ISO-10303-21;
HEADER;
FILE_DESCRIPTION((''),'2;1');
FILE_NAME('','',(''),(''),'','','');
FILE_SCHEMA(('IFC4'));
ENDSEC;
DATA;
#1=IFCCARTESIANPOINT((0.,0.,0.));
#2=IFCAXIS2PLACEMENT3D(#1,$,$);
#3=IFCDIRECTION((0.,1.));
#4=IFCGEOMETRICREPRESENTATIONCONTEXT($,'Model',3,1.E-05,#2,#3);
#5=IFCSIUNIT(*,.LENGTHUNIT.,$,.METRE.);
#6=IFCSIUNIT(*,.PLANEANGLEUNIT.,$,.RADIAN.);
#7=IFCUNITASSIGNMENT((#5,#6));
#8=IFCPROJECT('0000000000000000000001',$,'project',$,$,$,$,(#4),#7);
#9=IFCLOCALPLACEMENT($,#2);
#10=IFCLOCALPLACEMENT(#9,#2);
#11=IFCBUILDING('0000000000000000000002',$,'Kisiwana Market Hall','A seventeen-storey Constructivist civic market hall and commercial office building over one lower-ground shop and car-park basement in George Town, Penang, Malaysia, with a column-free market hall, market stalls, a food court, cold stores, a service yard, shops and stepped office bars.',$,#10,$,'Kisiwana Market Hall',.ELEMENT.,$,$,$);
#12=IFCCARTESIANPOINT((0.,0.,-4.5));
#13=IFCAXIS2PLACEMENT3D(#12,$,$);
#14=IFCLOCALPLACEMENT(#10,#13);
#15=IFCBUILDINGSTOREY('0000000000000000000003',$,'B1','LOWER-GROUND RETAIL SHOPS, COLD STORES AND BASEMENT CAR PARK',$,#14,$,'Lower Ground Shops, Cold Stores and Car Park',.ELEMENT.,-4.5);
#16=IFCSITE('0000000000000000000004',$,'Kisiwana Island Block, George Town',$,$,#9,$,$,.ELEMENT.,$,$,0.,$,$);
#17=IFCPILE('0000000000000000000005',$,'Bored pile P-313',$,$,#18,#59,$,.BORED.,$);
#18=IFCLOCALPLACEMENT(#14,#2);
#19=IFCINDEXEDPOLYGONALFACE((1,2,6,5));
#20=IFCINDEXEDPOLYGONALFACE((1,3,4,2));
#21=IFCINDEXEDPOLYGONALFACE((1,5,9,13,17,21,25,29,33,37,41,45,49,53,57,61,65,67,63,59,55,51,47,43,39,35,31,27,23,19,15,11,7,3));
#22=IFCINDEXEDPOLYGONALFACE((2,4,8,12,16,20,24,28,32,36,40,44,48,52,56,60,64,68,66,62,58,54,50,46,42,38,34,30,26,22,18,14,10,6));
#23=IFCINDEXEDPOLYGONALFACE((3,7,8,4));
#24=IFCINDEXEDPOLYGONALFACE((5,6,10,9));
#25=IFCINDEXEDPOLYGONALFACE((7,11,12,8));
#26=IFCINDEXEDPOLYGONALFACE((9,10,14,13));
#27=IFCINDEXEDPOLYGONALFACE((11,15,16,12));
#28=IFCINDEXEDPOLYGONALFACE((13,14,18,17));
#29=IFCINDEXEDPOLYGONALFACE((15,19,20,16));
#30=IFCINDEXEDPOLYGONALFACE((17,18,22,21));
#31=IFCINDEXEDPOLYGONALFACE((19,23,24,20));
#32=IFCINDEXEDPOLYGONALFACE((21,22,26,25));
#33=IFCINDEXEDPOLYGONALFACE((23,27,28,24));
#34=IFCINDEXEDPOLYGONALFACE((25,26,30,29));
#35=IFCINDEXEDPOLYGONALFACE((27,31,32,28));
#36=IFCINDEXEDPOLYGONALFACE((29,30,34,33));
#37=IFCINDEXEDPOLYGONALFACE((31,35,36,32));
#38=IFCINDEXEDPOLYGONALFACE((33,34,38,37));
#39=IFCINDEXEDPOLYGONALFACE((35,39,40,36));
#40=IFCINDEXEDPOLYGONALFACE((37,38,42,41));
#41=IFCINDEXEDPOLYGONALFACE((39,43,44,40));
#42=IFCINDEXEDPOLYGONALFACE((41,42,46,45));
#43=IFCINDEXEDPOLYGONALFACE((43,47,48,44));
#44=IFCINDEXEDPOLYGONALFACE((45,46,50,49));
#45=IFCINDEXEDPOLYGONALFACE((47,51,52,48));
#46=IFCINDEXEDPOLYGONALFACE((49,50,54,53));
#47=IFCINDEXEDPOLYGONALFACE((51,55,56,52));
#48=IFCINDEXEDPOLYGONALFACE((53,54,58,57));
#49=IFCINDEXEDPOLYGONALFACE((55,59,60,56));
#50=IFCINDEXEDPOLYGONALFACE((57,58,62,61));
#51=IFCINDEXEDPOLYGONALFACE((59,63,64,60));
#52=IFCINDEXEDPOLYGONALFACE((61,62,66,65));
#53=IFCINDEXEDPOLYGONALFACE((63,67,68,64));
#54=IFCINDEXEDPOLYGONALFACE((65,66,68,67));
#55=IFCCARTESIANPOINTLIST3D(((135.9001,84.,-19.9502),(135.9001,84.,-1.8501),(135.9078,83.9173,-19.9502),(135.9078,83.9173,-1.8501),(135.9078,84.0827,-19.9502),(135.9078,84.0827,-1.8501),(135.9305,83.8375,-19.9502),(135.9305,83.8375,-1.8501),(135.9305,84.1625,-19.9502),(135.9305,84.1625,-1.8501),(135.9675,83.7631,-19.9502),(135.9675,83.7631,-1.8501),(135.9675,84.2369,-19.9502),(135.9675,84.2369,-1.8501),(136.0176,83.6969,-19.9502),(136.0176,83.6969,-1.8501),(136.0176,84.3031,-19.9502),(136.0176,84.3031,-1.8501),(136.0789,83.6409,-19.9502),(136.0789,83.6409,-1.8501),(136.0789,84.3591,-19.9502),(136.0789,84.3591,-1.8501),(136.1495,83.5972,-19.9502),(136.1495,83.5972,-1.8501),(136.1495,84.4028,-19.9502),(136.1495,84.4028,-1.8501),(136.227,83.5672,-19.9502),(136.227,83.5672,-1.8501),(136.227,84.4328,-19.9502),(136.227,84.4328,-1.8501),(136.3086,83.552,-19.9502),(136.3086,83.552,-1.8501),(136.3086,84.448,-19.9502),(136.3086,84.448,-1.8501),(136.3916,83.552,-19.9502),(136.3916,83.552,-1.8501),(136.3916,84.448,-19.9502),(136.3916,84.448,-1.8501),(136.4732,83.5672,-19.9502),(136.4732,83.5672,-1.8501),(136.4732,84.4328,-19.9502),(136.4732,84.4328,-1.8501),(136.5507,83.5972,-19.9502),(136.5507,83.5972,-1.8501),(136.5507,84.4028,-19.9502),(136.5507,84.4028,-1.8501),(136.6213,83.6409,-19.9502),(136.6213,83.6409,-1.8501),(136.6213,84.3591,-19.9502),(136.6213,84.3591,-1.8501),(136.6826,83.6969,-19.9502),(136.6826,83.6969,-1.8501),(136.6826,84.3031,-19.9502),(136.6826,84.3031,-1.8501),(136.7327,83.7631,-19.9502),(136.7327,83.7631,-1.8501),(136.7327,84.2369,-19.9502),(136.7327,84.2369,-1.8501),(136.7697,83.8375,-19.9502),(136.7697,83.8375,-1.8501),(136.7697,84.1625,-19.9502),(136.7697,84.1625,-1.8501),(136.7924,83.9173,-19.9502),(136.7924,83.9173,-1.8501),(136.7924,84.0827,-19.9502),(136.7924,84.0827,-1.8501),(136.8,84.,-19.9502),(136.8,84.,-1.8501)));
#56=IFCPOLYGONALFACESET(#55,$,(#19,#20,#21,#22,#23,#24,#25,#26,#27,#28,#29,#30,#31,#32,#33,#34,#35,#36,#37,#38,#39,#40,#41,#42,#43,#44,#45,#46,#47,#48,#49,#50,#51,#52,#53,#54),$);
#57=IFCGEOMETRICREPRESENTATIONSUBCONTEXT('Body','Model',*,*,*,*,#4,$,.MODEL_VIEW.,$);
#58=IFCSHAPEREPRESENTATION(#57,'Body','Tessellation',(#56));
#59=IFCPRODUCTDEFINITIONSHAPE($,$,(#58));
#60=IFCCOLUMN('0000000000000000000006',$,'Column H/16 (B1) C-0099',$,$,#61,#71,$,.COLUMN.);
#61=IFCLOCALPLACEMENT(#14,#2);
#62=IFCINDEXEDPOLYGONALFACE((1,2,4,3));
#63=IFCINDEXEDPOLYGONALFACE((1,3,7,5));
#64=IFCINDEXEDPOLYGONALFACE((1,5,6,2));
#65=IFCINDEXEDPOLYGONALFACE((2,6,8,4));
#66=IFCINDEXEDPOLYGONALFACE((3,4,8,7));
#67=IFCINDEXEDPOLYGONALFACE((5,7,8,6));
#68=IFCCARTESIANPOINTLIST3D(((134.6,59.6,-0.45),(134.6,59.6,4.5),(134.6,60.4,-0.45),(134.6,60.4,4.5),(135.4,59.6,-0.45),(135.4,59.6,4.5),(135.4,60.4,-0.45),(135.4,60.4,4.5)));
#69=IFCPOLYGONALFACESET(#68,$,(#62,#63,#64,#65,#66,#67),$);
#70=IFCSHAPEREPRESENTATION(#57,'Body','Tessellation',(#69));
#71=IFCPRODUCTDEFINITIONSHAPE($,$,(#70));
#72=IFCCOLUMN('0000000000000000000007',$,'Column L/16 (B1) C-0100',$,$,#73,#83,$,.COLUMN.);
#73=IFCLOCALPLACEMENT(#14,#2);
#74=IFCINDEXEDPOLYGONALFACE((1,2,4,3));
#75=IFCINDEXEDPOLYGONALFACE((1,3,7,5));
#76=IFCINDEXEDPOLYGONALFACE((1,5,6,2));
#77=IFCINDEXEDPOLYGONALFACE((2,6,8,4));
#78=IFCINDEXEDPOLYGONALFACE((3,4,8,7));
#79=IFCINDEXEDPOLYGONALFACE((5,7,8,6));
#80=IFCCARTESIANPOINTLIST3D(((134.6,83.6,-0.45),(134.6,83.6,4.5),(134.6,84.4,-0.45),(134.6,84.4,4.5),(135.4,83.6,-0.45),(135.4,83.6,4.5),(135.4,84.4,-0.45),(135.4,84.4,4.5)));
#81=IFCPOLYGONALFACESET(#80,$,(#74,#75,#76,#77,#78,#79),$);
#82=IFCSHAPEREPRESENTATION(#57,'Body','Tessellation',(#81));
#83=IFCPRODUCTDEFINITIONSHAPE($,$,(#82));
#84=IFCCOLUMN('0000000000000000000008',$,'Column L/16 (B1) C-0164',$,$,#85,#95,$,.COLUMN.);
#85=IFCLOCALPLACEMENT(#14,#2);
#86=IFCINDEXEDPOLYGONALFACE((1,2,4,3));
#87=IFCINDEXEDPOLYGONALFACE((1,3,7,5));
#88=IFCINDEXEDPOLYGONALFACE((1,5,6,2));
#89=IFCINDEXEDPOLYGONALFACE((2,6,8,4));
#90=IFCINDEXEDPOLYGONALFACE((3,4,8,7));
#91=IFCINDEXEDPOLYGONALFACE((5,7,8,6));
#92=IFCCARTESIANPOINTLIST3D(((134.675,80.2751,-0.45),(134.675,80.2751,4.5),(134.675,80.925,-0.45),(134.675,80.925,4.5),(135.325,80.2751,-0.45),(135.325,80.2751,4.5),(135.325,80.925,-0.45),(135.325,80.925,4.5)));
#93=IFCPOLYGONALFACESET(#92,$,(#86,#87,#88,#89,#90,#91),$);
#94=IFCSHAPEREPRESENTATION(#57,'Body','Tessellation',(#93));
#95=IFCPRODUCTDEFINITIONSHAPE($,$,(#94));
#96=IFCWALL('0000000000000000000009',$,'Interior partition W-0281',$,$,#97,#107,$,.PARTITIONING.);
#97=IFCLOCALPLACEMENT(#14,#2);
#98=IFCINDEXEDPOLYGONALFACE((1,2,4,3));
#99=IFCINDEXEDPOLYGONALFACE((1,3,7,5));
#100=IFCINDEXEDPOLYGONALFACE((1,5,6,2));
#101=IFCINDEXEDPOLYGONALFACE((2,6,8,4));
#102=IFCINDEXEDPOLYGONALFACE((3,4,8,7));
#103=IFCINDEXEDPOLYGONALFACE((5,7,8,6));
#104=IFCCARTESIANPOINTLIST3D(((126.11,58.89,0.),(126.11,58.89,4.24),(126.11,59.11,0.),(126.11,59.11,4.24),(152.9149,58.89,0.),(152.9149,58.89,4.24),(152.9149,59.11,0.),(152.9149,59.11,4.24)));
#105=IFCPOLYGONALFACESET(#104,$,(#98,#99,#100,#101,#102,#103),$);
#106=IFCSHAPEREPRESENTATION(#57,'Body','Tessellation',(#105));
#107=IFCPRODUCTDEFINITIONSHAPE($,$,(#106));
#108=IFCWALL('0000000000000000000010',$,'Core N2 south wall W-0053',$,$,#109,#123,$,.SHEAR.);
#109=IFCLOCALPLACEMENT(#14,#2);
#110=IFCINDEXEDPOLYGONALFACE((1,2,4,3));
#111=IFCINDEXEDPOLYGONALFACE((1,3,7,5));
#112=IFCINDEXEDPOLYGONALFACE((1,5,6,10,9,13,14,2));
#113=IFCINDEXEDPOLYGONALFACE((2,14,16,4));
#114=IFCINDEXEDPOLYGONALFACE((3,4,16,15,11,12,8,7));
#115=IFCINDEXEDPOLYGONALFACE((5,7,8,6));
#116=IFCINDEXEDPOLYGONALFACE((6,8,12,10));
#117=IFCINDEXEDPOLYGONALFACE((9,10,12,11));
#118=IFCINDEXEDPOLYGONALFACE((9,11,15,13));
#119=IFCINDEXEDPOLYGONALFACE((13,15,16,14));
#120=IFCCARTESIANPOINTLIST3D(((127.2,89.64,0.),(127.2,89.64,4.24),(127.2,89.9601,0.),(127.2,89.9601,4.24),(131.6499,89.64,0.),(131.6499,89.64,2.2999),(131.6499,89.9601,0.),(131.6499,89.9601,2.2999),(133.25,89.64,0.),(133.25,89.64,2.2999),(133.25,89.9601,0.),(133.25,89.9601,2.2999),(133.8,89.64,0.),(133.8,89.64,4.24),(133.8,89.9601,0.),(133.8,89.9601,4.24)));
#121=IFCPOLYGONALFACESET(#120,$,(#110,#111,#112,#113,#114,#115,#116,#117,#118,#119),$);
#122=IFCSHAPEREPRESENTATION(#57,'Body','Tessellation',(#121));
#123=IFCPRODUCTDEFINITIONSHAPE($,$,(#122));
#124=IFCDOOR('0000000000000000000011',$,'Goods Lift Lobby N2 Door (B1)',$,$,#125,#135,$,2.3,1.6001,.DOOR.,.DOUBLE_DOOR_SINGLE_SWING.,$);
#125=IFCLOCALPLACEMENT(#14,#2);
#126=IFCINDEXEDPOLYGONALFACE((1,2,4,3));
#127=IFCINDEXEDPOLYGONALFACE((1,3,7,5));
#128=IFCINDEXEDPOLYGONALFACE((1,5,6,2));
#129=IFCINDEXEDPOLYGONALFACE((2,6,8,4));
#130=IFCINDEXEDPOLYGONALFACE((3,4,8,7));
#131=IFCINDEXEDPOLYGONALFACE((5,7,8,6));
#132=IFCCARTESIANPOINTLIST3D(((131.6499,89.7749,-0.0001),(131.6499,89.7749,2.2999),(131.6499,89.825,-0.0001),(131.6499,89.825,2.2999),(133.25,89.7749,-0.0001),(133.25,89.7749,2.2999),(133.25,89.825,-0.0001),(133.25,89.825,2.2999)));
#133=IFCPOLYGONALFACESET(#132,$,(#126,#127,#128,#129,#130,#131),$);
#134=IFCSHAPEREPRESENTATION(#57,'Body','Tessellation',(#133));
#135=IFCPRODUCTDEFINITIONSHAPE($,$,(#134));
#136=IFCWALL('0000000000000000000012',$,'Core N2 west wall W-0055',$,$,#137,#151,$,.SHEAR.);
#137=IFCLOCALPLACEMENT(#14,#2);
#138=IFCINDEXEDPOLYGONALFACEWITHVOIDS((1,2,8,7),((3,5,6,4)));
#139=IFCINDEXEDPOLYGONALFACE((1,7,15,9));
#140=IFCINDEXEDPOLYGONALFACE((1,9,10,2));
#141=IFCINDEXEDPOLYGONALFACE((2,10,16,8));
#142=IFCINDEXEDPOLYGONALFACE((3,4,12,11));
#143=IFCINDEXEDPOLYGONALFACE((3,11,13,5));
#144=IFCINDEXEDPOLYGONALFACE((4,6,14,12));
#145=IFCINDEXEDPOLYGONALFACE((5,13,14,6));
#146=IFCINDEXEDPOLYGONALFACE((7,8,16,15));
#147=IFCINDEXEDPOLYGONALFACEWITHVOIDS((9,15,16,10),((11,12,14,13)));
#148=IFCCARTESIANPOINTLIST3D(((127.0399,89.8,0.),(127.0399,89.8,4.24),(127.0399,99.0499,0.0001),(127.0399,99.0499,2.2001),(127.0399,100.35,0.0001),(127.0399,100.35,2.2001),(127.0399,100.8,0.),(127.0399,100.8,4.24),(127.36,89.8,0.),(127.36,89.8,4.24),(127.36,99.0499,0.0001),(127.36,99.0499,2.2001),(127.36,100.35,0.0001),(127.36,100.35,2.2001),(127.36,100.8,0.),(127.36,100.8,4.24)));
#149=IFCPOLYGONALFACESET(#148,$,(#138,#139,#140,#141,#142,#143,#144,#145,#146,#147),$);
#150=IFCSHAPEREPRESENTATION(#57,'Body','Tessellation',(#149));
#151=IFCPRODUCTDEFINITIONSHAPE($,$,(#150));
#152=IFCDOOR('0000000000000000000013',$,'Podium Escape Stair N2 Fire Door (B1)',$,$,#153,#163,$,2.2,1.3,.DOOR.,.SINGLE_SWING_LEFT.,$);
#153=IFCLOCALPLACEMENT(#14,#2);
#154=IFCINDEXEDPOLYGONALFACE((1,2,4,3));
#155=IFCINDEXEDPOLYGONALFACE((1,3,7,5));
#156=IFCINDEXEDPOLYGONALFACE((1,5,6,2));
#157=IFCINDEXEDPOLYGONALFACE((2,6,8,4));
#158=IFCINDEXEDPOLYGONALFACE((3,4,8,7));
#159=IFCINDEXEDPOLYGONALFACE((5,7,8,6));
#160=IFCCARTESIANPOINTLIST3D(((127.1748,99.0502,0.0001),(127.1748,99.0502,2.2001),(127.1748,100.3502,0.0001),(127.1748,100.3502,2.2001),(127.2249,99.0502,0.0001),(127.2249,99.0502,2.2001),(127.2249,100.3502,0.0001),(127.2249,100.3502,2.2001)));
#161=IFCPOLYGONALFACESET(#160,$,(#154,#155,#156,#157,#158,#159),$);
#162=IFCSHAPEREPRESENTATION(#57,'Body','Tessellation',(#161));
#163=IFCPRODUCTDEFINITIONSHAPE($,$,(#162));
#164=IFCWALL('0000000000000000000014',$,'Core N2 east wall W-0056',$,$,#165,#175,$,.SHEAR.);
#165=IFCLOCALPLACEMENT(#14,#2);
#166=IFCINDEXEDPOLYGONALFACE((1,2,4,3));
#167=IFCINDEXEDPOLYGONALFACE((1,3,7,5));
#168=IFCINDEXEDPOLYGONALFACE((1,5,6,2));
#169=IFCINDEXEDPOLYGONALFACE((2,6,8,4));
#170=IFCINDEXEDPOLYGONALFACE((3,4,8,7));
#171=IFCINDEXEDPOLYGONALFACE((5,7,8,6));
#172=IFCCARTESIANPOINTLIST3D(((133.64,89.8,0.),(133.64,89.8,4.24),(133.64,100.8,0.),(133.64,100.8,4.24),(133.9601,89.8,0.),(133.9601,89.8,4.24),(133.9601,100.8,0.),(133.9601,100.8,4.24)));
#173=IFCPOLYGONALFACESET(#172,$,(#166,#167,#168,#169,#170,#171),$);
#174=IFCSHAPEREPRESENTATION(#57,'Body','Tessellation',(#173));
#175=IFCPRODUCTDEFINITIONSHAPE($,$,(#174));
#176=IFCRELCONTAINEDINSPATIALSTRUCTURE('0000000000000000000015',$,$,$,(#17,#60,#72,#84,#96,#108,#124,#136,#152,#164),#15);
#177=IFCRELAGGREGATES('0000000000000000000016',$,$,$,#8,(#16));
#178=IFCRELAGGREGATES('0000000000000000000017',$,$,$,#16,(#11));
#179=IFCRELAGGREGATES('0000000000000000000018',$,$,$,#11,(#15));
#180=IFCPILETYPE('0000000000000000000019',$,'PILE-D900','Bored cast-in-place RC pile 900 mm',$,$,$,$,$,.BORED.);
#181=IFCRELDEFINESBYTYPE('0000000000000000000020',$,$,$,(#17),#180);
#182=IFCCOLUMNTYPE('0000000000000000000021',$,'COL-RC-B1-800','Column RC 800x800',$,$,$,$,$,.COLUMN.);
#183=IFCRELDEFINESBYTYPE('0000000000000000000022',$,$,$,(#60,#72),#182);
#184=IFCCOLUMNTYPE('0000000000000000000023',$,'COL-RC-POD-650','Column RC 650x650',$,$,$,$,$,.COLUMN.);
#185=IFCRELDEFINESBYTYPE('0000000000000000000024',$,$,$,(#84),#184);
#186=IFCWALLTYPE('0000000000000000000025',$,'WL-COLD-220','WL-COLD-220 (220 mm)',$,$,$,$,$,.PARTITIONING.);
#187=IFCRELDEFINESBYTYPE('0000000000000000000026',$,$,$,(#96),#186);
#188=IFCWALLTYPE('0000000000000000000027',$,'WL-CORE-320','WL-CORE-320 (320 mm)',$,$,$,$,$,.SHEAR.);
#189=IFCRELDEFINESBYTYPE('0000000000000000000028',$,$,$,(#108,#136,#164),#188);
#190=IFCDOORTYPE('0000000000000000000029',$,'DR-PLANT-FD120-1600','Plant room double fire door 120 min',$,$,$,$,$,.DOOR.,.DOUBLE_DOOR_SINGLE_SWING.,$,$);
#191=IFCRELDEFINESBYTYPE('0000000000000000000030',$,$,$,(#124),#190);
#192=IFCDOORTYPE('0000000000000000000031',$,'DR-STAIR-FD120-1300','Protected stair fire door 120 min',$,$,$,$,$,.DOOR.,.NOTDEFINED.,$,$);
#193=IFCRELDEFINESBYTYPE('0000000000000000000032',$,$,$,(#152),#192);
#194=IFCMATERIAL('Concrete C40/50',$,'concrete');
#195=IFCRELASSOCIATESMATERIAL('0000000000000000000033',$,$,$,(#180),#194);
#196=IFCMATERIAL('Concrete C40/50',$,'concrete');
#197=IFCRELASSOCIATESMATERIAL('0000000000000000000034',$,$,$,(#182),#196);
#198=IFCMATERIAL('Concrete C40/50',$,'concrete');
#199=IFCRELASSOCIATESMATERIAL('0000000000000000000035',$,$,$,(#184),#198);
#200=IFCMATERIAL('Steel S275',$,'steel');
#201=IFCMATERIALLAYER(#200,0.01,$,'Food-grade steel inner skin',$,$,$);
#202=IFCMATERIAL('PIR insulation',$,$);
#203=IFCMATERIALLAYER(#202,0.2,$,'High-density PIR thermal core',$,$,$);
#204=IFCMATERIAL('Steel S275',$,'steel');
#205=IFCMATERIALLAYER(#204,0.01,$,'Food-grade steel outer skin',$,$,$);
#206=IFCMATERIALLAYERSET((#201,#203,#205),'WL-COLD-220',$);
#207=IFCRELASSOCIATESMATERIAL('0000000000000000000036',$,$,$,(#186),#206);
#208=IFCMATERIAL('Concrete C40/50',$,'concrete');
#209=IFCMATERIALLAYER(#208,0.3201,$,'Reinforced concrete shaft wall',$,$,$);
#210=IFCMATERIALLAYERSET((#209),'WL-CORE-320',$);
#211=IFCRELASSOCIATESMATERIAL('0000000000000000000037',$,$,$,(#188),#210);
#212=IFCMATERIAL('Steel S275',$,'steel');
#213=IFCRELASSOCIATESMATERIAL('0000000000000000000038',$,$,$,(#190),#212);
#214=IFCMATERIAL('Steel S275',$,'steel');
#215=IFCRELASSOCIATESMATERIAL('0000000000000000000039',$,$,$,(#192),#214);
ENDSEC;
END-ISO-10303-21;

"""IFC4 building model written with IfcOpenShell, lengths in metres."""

from ifc_helpers import new_model, si_unit, direction, frame, frame_2d, origin, origin_2d, place, context, subcontext, project, spatial, rectangle, circle, extrude, material, layer, layer_set, material_profile, profile_set, type_object, element, fill, save


model = new_model("IFC4")

# Units and contexts
model_context = context("Model", 3, precision=1e-05, world=origin(), true_north=direction((0.0, 1.0)))
body_context = subcontext(model_context, "Body", "Model", "MODEL_VIEW")
ifc_project = project(units=[si_unit("LENGTHUNIT", "METRE"), si_unit("PLANEANGLEUNIT", "RADIAN")], contexts=[model_context])

# Site, building, storey
site_placement = place(None, origin())
site = spatial("IfcSite", under=ifc_project, at=site_placement, Name="Kisiwana Island Block, George Town", CompositionType="ELEMENT", RefElevation=0.0)
building_placement = place(site_placement, origin())
building = spatial("IfcBuilding", under=site, at=building_placement, Name="Kisiwana Market Hall", Description="A seventeen-storey Constructivist civic market hall and commercial office building over one lower-ground shop and car-park basement in George Town, Penang, Malaysia, with a column-free market hall, market stalls, a food court, cold stores, a service yard, shops and stepped office bars.", LongName="Kisiwana Market Hall", CompositionType="ELEMENT")
storey_placement = place(building_placement, frame((0.0, 0.0, -4.5)))
storey = spatial("IfcBuildingStorey", under=building, at=storey_placement, Name="B1", Description="LOWER-GROUND RETAIL SHOPS, COLD STORES AND BASEMENT CAR PARK", LongName="Lower Ground Shops, Cold Stores and Car Park", CompositionType="ELEMENT", Elevation=-4.5)

# Pile
ifc_material_1 = material(Name="Concrete C40/50", Category="concrete")
ifc_material_profile_1 = material_profile(ifc_material_1, circle(Radius=0.45, at=origin_2d()), Name="BP D900")
ifc_profile_set_1 = profile_set([ifc_material_profile_1], Name="Concrete C40/50")
pile_type_1 = type_object("IfcPileType", Name="PILE-D900", Description="Bored cast-in-place RC pile 900 mm", PredefinedType="BORED", material=ifc_profile_set_1)
for number, where, z_axis, x_axis, name in (
    (1, (136.3501, 84.0, -1.8501), (0.0, 0.0, -1.0), (1.0, 0.0, 0.0), "Bored pile P-313"),
):
    element("IfcPile", number, at=place(storey_placement, frame(where, z_axis=z_axis, x_axis=x_axis)), inside=storey, type_object=pile_type_1, Name=name, PredefinedType="BORED", context=body_context, shape_type="SweptSolid", body=[
        extrude(circle(Radius=0.45, at=origin_2d()), origin(), (0.0, 0.0, 1.0), 18.1001),
    ])

# Columns
ifc_material_2 = material(Name="Concrete C40/50", Category="concrete")
ifc_material_profile_2 = material_profile(ifc_material_2, rectangle(XDim=0.8, YDim=0.8, at=origin_2d()), Name="RC 800x800")
ifc_profile_set_2 = profile_set([ifc_material_profile_2], Name="Concrete C40/50")
column_type_1 = type_object("IfcColumnType", Name="COL-RC-B1-800", Description="Column RC 800x800", PredefinedType="COLUMN", material=ifc_profile_set_2)
for number, where, z_axis, x_axis, name in (
    (2, (135.0, 60.0, -0.45), (0.0, 0.0, 1.0), (1.0, 0.0, 0.0), "Column H/16 (B1) C-0099"),
    (3, (135.0, 84.0, -0.45), (0.0, 0.0, 1.0), (1.0, 0.0, 0.0), "Column L/16 (B1) C-0100"),
):
    element("IfcColumn", number, at=place(storey_placement, frame(where, z_axis=z_axis, x_axis=x_axis)), inside=storey, type_object=column_type_1, Name=name, PredefinedType="COLUMN", context=body_context, shape_type="SweptSolid", body=[
        extrude(rectangle(XDim=0.8, YDim=0.8, at=origin_2d()), origin(), (0.0, 0.0, 1.0), 4.95),
    ])
ifc_material_3 = material(Name="Concrete C40/50", Category="concrete")
ifc_material_profile_3 = material_profile(ifc_material_3, rectangle(XDim=0.6499, YDim=0.6499, at=origin_2d()), Name="RC 650x650")
ifc_profile_set_3 = profile_set([ifc_material_profile_3], Name="Concrete C40/50")
column_type_2 = type_object("IfcColumnType", Name="COL-RC-POD-650", Description="Column RC 650x650", PredefinedType="COLUMN", material=ifc_profile_set_3)
column_placement = place(storey_placement, frame((135.0, 80.6001, -0.45), z_axis=(0.0, 0.0, 1.0), x_axis=(1.0, 0.0, 0.0)))
element("IfcColumn", 4, at=column_placement, inside=storey, type_object=column_type_2, Name="Column L/16 (B1) C-0164", PredefinedType="COLUMN", context=body_context, shape_type="SweptSolid", body=[
    extrude(rectangle(XDim=0.6499, YDim=0.6499, at=origin_2d()), origin(), (0.0, 0.0, 1.0), 4.95),
])

# Wall
ifc_material_4 = material(Name="Steel S275", Category="steel")
ifc_layer_1 = layer(ifc_material_4, 0.01, Name="Food-grade steel inner skin")
ifc_material_5 = material(Name="PIR insulation")
ifc_layer_2 = layer(ifc_material_5, 0.2, Name="High-density PIR thermal core")
ifc_material_6 = material(Name="Steel S275", Category="steel")
ifc_layer_3 = layer(ifc_material_6, 0.01, Name="Food-grade steel outer skin")
ifc_layer_set_1 = layer_set([ifc_layer_1, ifc_layer_2, ifc_layer_3], Name="WL-COLD-220")
wall_type_1 = type_object("IfcWallType", Name="WL-COLD-220", Description="WL-COLD-220 (220 mm)", PredefinedType="PARTITIONING", material=ifc_layer_set_1)
wall_1_placement = place(storey_placement, frame((126.1101, 59.0, 0.0), z_axis=(0.0, 0.0, 1.0), x_axis=(1.0, 0.0, 0.0)))
element("IfcWall", 5, at=wall_1_placement, inside=storey, type_object=wall_type_1, Name="Interior partition W-0281", PredefinedType="PARTITIONING", context=body_context, shape_type="SweptSolid", body=[
    extrude(rectangle(XDim=26.8049, YDim=0.22, at=frame_2d((13.4023, 0.0))), origin(), (0.0, 0.0, 1.0), 4.24),
])

# Walls, openings, doors
ifc_material_7 = material(Name="Concrete C40/50", Category="concrete")
ifc_layer_4 = layer(ifc_material_7, 0.3201, Name="Reinforced concrete shaft wall")
ifc_layer_set_2 = layer_set([ifc_layer_4], Name="WL-CORE-320")
wall_type_2 = type_object("IfcWallType", Name="WL-CORE-320", Description="WL-CORE-320 (320 mm)", PredefinedType="SHEAR", material=ifc_layer_set_2)
wall_2_placement = place(storey_placement, frame((127.2, 89.8, 0.0), z_axis=(0.0, 0.0, 1.0), x_axis=(1.0, 0.0, 0.0)))
wall_2 = element("IfcWall", 6, at=wall_2_placement, inside=storey, type_object=wall_type_2, Name="Core N2 south wall W-0053", PredefinedType="SHEAR", context=body_context, shape_type="SweptSolid", body=[
    extrude(rectangle(XDim=6.6001, YDim=0.3201, at=frame_2d((3.3, 0.0))), origin(), (0.0, 0.0, 1.0), 4.24),
])
opening_1_placement = place(wall_2_placement, frame((4.45, 0.0, 0.0)))
opening_1 = element("IfcOpeningElement", 7, at=opening_1_placement, cuts=wall_2, PredefinedType="OPENING", context=body_context, shape_type="SweptSolid", body=[
    extrude(rectangle(XDim=1.6001, YDim=2.3, at=frame_2d((0.8, 1.1499))), frame((0.0, 0.1719, 0.0), z_axis=(0.0, -1.0, 0.0), x_axis=(1.0, 0.0, 0.0)), (0.0, 0.0, 1.0), 0.344),
])
ifc_material_8 = material(Name="Steel S275", Category="steel")
door_type_1 = type_object("IfcDoorType", Name="DR-PLANT-FD120-1600", Description="Plant room double fire door 120 min", OperationType="DOUBLE_DOOR_SINGLE_SWING", PredefinedType="DOOR", material=ifc_material_8)
door_1_placement = place(opening_1_placement, origin())
door_1 = element("IfcDoor", 8, at=door_1_placement, inside=storey, type_object=door_type_1, Name="Goods Lift Lobby N2 Door (B1)", OperationType="DOUBLE_DOOR_SINGLE_SWING", OverallHeight=2.3, OverallWidth=1.6001, PredefinedType="DOOR", context=body_context, shape_type="SweptSolid", body=[
    extrude(rectangle(XDim=1.6001, YDim=2.3, at=frame_2d((0.8, 1.1499))), frame((0.0, 0.0249, 0.0), z_axis=(0.0, -1.0, 0.0), x_axis=(1.0, 0.0, 0.0)), (0.0, 0.0, 1.0), 0.05),
])
fill(opening_1, door_1)
wall_3_placement = place(storey_placement, frame((127.2, 89.8, 0.0), z_axis=(0.0, 0.0, 1.0), x_axis=(0.0, 1.0, 0.0)))
wall_3 = element("IfcWall", 9, at=wall_3_placement, inside=storey, type_object=wall_type_2, Name="Core N2 west wall W-0055", PredefinedType="SHEAR", context=body_context, shape_type="SweptSolid", body=[
    extrude(rectangle(XDim=11.0, YDim=0.3201, at=frame_2d((5.5, 0.0))), origin(), (0.0, 0.0, 1.0), 4.24),
])
opening_2_placement = place(wall_3_placement, frame((9.25, 0.0, 0.0)))
opening_2 = element("IfcOpeningElement", 10, at=opening_2_placement, cuts=wall_3, PredefinedType="OPENING", context=body_context, shape_type="SweptSolid", body=[
    extrude(rectangle(XDim=1.3, YDim=2.2, at=frame_2d((0.6499, 1.1001))), frame((0.0, 0.1719, 0.0), z_axis=(0.0, -1.0, 0.0), x_axis=(1.0, 0.0, 0.0)), (0.0, 0.0, 1.0), 0.344),
])
ifc_material_9 = material(Name="Steel S275", Category="steel")
door_type_2 = type_object("IfcDoorType", Name="DR-STAIR-FD120-1300", Description="Protected stair fire door 120 min", OperationType="NOTDEFINED", PredefinedType="DOOR", material=ifc_material_9)
door_2_placement = place(opening_2_placement, frame((1.3, 0.0, 0.0), z_axis=(0.0, 0.0, 1.0), x_axis=(-1.0, 0.0, 0.0)))
door_2 = element("IfcDoor", 11, at=door_2_placement, inside=storey, type_object=door_type_2, Name="Podium Escape Stair N2 Fire Door (B1)", OperationType="SINGLE_SWING_LEFT", OverallHeight=2.2, OverallWidth=1.3, PredefinedType="DOOR", context=body_context, shape_type="SweptSolid", body=[
    extrude(rectangle(XDim=1.3, YDim=2.2, at=frame_2d((0.6499, 1.1001))), frame((0.0, 0.0249, 0.0), z_axis=(0.0, -1.0, 0.0), x_axis=(1.0, 0.0, 0.0)), (0.0, 0.0, 1.0), 0.05),
])
fill(opening_2, door_2)

# Wall
wall_4_placement = place(storey_placement, frame((133.8, 89.8, 0.0), z_axis=(0.0, 0.0, 1.0), x_axis=(0.0, 1.0, 0.0)))
element("IfcWall", 12, at=wall_4_placement, inside=storey, type_object=wall_type_2, Name="Core N2 east wall W-0056", PredefinedType="SHEAR", context=body_context, shape_type="SweptSolid", body=[
    extrude(rectangle(XDim=11.0, YDim=0.3201, at=frame_2d((5.5, 0.0))), origin(), (0.0, 0.0, 1.0), 4.24),
])

save(model, "model.ifc")
